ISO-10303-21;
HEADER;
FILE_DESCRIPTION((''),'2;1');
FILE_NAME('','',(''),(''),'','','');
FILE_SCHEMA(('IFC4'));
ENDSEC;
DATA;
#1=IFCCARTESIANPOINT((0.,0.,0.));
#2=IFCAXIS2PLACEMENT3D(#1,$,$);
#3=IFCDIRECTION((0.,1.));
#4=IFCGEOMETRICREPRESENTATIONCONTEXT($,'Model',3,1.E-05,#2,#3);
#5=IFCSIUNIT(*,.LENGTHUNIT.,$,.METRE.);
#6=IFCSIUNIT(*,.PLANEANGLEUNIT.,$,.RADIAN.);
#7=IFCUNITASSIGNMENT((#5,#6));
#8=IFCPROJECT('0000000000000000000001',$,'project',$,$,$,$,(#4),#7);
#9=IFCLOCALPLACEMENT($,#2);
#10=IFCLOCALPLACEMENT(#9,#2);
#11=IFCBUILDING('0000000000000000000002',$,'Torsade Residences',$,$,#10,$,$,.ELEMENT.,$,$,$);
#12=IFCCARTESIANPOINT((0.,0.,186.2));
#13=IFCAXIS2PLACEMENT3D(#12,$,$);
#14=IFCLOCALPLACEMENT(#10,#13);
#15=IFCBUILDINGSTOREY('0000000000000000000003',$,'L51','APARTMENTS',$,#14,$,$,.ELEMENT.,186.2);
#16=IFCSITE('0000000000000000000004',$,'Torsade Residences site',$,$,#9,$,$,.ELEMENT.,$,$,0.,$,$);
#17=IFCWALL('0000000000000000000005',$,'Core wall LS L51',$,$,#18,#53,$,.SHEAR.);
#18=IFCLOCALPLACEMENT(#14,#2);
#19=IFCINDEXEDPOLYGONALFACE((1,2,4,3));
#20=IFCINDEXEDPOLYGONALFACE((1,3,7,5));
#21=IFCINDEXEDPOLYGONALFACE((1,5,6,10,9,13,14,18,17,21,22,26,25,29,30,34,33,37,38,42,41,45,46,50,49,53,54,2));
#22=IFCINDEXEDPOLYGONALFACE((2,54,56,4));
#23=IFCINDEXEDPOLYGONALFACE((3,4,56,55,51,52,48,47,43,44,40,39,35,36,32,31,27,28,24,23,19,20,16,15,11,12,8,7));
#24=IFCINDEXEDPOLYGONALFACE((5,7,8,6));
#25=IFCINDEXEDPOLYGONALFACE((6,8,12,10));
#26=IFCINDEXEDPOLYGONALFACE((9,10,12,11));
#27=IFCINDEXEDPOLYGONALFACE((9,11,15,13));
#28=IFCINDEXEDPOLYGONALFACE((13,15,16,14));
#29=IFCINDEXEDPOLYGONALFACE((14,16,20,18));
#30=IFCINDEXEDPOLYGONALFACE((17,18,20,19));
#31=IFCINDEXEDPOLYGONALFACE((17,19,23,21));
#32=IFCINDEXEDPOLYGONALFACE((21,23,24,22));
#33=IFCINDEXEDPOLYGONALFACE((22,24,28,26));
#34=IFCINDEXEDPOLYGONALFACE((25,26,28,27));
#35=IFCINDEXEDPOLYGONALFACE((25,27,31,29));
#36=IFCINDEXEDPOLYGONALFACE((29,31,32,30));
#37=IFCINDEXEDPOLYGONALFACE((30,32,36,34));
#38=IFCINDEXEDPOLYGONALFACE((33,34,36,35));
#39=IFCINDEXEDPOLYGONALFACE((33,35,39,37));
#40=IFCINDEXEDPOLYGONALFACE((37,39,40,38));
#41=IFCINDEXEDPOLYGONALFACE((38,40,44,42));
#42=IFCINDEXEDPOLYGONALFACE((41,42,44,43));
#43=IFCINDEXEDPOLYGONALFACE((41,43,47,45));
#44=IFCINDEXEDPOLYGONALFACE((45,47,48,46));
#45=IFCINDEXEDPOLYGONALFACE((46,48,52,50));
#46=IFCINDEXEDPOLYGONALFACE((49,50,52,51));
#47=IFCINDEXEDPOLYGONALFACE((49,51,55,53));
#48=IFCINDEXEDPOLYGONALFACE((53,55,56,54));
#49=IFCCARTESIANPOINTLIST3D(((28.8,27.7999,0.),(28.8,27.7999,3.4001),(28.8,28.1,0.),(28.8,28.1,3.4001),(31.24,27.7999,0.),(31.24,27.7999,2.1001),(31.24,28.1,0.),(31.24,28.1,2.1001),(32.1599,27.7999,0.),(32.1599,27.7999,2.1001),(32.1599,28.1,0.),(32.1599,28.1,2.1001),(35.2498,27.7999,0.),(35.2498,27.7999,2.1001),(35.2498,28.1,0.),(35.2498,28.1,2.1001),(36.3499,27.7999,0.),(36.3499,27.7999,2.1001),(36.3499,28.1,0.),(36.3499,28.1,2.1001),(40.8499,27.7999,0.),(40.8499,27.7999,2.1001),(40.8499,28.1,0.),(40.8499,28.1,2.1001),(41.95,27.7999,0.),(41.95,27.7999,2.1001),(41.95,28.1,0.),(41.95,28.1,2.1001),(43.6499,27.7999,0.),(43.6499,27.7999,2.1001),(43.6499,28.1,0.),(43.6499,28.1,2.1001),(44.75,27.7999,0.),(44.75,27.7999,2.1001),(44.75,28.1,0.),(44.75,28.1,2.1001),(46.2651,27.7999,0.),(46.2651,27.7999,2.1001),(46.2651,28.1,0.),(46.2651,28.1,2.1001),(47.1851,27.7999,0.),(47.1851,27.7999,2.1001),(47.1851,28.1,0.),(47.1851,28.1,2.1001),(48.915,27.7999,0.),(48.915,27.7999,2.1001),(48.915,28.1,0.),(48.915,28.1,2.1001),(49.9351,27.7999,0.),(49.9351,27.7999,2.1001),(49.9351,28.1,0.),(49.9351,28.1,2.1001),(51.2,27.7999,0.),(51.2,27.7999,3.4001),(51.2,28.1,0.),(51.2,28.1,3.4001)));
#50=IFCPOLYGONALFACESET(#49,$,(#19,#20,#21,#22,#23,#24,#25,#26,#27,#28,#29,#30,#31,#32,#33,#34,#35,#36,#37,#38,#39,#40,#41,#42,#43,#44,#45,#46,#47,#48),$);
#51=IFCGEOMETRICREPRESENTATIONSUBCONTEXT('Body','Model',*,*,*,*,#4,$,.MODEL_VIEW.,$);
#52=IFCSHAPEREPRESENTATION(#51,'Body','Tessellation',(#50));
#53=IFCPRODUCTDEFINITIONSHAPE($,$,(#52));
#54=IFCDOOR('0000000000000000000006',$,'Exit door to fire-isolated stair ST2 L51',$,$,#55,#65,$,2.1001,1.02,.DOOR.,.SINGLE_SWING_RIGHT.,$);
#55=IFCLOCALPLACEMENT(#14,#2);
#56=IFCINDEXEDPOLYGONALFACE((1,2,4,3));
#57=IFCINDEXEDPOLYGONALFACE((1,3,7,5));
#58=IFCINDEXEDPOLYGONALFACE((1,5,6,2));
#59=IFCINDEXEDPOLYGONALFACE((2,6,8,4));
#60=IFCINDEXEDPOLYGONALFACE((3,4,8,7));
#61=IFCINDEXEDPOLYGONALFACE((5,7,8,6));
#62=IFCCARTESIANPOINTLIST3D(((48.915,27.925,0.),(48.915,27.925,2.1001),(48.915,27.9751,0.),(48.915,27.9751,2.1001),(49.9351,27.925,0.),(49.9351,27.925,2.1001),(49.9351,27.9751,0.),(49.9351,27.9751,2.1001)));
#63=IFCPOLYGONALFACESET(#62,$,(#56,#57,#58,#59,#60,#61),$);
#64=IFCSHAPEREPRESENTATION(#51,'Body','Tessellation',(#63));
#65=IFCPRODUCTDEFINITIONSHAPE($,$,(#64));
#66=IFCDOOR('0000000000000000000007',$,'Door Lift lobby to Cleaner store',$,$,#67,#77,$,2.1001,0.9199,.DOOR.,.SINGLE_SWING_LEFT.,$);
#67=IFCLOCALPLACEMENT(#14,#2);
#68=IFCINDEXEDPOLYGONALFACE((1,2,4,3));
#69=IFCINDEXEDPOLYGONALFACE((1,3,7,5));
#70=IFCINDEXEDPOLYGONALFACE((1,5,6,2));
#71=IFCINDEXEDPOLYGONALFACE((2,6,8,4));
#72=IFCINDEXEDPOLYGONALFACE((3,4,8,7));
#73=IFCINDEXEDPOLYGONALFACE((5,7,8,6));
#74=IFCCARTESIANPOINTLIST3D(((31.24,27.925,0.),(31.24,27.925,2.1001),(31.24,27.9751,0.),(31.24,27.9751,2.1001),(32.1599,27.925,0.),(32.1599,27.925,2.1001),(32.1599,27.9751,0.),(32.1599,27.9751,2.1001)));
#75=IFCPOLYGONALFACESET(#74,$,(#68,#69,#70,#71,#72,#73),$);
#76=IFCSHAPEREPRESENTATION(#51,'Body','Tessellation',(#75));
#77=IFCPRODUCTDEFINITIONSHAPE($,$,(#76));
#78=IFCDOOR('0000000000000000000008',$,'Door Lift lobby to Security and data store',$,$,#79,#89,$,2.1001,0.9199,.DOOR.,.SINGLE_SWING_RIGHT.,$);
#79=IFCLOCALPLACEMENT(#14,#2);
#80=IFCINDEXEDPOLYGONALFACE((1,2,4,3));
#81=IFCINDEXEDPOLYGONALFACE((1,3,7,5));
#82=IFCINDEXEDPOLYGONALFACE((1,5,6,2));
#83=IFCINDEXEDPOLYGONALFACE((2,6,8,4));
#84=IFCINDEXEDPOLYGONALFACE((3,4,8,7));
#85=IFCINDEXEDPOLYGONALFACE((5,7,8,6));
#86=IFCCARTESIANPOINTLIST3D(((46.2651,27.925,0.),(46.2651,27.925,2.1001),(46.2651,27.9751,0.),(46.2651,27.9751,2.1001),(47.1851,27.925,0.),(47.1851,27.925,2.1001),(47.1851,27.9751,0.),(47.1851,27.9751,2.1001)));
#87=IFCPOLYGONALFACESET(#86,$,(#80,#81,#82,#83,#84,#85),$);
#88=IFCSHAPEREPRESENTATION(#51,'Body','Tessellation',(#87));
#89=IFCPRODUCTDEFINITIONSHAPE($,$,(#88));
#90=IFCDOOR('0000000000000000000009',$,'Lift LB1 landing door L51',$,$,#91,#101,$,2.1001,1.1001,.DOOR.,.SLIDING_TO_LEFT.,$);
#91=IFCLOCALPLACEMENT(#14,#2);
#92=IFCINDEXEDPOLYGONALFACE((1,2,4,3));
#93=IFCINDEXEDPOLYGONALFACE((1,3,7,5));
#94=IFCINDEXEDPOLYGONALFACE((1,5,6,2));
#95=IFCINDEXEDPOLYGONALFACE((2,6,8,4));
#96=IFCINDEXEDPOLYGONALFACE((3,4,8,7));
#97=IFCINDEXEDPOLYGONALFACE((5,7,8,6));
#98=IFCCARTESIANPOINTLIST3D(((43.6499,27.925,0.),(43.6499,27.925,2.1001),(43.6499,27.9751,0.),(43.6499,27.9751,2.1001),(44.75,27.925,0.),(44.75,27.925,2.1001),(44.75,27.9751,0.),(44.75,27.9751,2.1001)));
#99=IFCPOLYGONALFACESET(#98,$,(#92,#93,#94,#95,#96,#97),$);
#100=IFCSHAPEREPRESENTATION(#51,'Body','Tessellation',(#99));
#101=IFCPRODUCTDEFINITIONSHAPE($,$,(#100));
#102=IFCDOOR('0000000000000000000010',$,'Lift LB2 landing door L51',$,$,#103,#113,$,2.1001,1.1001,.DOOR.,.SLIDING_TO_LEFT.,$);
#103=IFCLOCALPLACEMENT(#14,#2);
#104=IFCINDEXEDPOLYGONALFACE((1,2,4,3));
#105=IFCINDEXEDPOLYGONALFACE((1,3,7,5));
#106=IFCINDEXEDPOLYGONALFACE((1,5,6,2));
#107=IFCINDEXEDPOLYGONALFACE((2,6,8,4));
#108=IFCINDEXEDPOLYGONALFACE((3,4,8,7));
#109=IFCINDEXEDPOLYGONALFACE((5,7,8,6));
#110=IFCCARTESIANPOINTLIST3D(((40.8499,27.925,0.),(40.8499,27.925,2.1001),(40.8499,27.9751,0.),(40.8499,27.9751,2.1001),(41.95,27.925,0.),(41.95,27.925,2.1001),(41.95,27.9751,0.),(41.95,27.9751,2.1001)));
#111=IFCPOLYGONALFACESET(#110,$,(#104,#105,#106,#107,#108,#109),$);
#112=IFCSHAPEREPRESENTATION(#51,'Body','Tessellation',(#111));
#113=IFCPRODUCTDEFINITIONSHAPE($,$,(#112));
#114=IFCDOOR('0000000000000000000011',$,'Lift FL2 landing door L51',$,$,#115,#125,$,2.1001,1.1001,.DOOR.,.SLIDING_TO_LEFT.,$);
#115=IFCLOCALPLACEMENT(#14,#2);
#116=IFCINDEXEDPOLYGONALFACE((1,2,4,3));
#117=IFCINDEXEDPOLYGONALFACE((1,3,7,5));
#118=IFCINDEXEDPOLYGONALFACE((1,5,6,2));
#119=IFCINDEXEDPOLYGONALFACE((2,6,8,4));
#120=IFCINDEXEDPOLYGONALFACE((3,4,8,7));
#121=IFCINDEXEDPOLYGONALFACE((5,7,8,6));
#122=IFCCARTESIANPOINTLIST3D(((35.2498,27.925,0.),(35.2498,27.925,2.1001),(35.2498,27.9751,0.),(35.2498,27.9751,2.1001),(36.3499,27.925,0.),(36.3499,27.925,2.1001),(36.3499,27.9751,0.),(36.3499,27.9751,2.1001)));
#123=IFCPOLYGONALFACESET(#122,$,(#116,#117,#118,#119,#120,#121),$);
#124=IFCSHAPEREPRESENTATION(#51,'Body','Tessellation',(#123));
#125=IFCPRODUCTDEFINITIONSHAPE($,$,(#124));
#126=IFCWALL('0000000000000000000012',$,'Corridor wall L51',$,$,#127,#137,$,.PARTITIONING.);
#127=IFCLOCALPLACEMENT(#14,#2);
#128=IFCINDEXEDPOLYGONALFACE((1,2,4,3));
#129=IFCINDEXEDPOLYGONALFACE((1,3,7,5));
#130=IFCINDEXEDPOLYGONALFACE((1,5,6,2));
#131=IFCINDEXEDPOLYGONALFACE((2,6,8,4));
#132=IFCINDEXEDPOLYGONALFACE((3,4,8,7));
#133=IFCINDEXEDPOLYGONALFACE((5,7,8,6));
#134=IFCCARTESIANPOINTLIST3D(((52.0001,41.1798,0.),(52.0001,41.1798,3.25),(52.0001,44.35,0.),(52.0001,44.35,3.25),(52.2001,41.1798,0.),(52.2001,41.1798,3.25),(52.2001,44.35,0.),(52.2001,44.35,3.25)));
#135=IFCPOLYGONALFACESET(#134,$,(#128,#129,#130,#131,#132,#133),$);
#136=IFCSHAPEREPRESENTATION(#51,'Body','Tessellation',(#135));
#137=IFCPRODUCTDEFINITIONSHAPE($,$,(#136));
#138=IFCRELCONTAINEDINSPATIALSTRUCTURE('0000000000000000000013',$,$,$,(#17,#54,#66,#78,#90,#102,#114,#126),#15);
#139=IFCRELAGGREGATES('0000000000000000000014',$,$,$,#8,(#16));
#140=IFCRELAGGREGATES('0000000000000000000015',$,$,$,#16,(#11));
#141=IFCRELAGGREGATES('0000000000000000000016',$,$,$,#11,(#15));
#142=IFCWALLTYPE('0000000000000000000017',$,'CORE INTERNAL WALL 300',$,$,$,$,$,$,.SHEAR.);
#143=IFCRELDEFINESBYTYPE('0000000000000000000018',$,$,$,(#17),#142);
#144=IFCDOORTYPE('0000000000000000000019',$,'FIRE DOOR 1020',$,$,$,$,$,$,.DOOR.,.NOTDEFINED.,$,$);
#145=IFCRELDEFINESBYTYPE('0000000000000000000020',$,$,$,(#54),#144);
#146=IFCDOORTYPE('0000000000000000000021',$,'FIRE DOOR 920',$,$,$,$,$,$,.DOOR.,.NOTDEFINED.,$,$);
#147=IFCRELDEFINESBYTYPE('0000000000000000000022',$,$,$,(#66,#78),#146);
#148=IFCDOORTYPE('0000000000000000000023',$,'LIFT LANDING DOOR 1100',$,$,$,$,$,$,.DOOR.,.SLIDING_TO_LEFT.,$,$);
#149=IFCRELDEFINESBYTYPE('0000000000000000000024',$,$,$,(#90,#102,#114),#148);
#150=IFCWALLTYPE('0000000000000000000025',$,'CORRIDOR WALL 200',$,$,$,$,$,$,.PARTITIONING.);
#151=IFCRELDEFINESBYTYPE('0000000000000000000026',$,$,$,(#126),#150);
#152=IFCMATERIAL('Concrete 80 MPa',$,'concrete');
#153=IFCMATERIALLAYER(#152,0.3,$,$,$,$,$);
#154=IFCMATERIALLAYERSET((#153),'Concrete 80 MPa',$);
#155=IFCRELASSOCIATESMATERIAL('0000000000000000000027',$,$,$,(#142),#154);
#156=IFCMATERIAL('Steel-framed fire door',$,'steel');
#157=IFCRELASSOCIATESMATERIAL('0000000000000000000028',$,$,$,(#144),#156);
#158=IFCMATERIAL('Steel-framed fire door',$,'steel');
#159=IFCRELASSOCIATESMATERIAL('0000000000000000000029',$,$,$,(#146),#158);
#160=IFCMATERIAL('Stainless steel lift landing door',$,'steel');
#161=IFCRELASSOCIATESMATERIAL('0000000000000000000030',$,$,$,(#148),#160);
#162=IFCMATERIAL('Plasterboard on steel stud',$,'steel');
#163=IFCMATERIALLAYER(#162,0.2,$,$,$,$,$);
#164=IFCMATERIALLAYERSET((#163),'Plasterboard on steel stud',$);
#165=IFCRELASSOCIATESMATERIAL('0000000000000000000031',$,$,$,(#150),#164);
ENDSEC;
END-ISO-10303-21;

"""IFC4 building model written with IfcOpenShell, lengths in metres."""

from ifc_helpers import new_model, si_unit, direction, frame, frame_2d, origin, place, context, subcontext, project, spatial, rectangle, extrude, material, layer, layer_set, type_object, element, fill, save


model = new_model("IFC4")

# Units and contexts
model_context = context("Model", 3, precision=1e-05, world=origin(), true_north=direction((0.0, 1.0)))
body_context = subcontext(model_context, "Body", "Model", "MODEL_VIEW")
ifc_project = project(units=[si_unit("LENGTHUNIT", "METRE"), si_unit("PLANEANGLEUNIT", "RADIAN")], contexts=[model_context])

# Site, building, storey
site_placement = place(None, origin())
site = spatial("IfcSite", under=ifc_project, at=site_placement, Name="Torsade Residences site", CompositionType="ELEMENT", RefElevation=0.0)
building_placement = place(site_placement, origin())
building = spatial("IfcBuilding", under=site, at=building_placement, Name="Torsade Residences", CompositionType="ELEMENT")
storey_placement = place(building_placement, frame((0.0, 0.0, 186.2)))
storey = spatial("IfcBuildingStorey", under=building, at=storey_placement, Name="L51", Description="APARTMENTS", CompositionType="ELEMENT", Elevation=186.2)

# Wall, openings, doors
ifc_material_1 = material(Name="Concrete 80 MPa", Category="concrete")
ifc_layer_1 = layer(ifc_material_1, 0.3)
ifc_layer_set_1 = layer_set([ifc_layer_1], Name="Concrete 80 MPa")
wall_type_1 = type_object("IfcWallType", Name="CORE INTERNAL WALL 300", PredefinedType="SHEAR", material=ifc_layer_set_1)
wall_1_placement = place(storey_placement, frame((51.2, 27.95, 0.0), z_axis=(0.0, 0.0, 1.0), x_axis=(-1.0, 0.0, 0.0)))
wall_1 = element("IfcWall", 1, at=wall_1_placement, inside=storey, type_object=wall_type_1, Name="Core wall LS L51", PredefinedType="SHEAR", context=body_context, shape_type="SweptSolid", body=[
    extrude(rectangle(XDim=22.3999, YDim=0.3, at=frame_2d((11.2, 0.0))), origin(), (0.0, 0.0, 1.0), 3.4001),
])
opening_1_placement = place(wall_1_placement, frame((19.04, 0.0, 0.0)))
opening_1 = element("IfcOpeningElement", 2, at=opening_1_placement, cuts=wall_1, PredefinedType="OPENING", context=body_context, shape_type="SweptSolid", body=[
    extrude(rectangle(XDim=0.9199, YDim=2.1001, at=frame_2d((0.46, 1.05))), frame((0.0, 0.1599, 0.0), z_axis=(0.0, -1.0, 0.0), x_axis=(1.0, 0.0, 0.0)), (0.0, 0.0, 1.0), 0.3201),
])
opening_2_placement = place(wall_1_placement, frame((1.2649, 0.0, 0.0)))
opening_2 = element("IfcOpeningElement", 3, at=opening_2_placement, cuts=wall_1, PredefinedType="OPENING", context=body_context, shape_type="SweptSolid", body=[
    extrude(rectangle(XDim=1.02, YDim=2.1001, at=frame_2d((0.51, 1.05))), frame((0.0, 0.1599, 0.0), z_axis=(0.0, -1.0, 0.0), x_axis=(1.0, 0.0, 0.0)), (0.0, 0.0, 1.0), 0.3201),
])
opening_3_placement = place(wall_1_placement, frame((4.0149, 0.0, 0.0)))
opening_3 = element("IfcOpeningElement", 4, at=opening_3_placement, cuts=wall_1, PredefinedType="OPENING", context=body_context, shape_type="SweptSolid", body=[
    extrude(rectangle(XDim=0.9199, YDim=2.1001, at=frame_2d((0.46, 1.05))), frame((0.0, 0.1599, 0.0), z_axis=(0.0, -1.0, 0.0), x_axis=(1.0, 0.0, 0.0)), (0.0, 0.0, 1.0), 0.3201),
])
opening_4_placement = place(wall_1_placement, frame((6.45, 0.0, 0.0)))
opening_4 = element("IfcOpeningElement", 5, at=opening_4_placement, cuts=wall_1, PredefinedType="OPENING", context=body_context, shape_type="SweptSolid", body=[
    extrude(rectangle(XDim=1.1001, YDim=2.1001, at=frame_2d((0.55, 1.05))), frame((0.0, 0.1599, 0.0), z_axis=(0.0, -1.0, 0.0), x_axis=(1.0, 0.0, 0.0)), (0.0, 0.0, 1.0), 0.3201),
])
opening_5_placement = place(wall_1_placement, frame((9.25, 0.0, 0.0)))
opening_5 = element("IfcOpeningElement", 6, at=opening_5_placement, cuts=wall_1, PredefinedType="OPENING", context=body_context, shape_type="SweptSolid", body=[
    extrude(rectangle(XDim=1.1001, YDim=2.1001, at=frame_2d((0.55, 1.05))), frame((0.0, 0.1599, 0.0), z_axis=(0.0, -1.0, 0.0), x_axis=(1.0, 0.0, 0.0)), (0.0, 0.0, 1.0), 0.3201),
])
opening_6_placement = place(wall_1_placement, frame((14.8501, 0.0, 0.0)))
opening_6 = element("IfcOpeningElement", 7, at=opening_6_placement, cuts=wall_1, PredefinedType="OPENING", context=body_context, shape_type="SweptSolid", body=[
    extrude(rectangle(XDim=1.1001, YDim=2.1001, at=frame_2d((0.55, 1.05))), frame((0.0, 0.1599, 0.0), z_axis=(0.0, -1.0, 0.0), x_axis=(1.0, 0.0, 0.0)), (0.0, 0.0, 1.0), 0.3201),
])
ifc_material_2 = material(Name="Steel-framed fire door", Category="steel")
door_type_1 = type_object("IfcDoorType", Name="FIRE DOOR 1020", OperationType="NOTDEFINED", PredefinedType="DOOR", material=ifc_material_2)
door_1_placement = place(opening_2_placement, origin())
door_1 = element("IfcDoor", 8, at=door_1_placement, inside=storey, type_object=door_type_1, Name="Exit door to fire-isolated stair ST2 L51", OperationType="SINGLE_SWING_RIGHT", OverallHeight=2.1001, OverallWidth=1.02, PredefinedType="DOOR", context=body_context, shape_type="SweptSolid", body=[
    extrude(rectangle(XDim=1.02, YDim=2.1001, at=frame_2d((0.51, 1.05))), frame((0.0, 0.0249, 0.0), z_axis=(0.0, -1.0, 0.0), x_axis=(1.0, 0.0, 0.0)), (0.0, 0.0, 1.0), 0.05),
])
fill(opening_2, door_1)
ifc_material_3 = material(Name="Steel-framed fire door", Category="steel")
door_type_2 = type_object("IfcDoorType", Name="FIRE DOOR 920", OperationType="NOTDEFINED", PredefinedType="DOOR", material=ifc_material_3)
door_2_placement = place(opening_1_placement, origin())
door_2 = element("IfcDoor", 9, at=door_2_placement, inside=storey, type_object=door_type_2, Name="Door Lift lobby to Cleaner store", OperationType="SINGLE_SWING_LEFT", OverallHeight=2.1001, OverallWidth=0.9199, PredefinedType="DOOR", context=body_context, shape_type="SweptSolid", body=[
    extrude(rectangle(XDim=0.9199, YDim=2.1001, at=frame_2d((0.46, 1.05))), frame((0.0, 0.0249, 0.0), z_axis=(0.0, -1.0, 0.0), x_axis=(1.0, 0.0, 0.0)), (0.0, 0.0, 1.0), 0.05),
])
fill(opening_1, door_2)
door_3_placement = place(opening_3_placement, origin())
door_3 = element("IfcDoor", 10, at=door_3_placement, inside=storey, type_object=door_type_2, Name="Door Lift lobby to Security and data store", OperationType="SINGLE_SWING_RIGHT", OverallHeight=2.1001, OverallWidth=0.9199, PredefinedType="DOOR", context=body_context, shape_type="SweptSolid", body=[
    extrude(rectangle(XDim=0.9199, YDim=2.1001, at=frame_2d((0.46, 1.05))), frame((0.0, 0.0249, 0.0), z_axis=(0.0, -1.0, 0.0), x_axis=(1.0, 0.0, 0.0)), (0.0, 0.0, 1.0), 0.05),
])
fill(opening_3, door_3)
ifc_material_4 = material(Name="Stainless steel lift landing door", Category="steel")
door_type_3 = type_object("IfcDoorType", Name="LIFT LANDING DOOR 1100", OperationType="SLIDING_TO_LEFT", PredefinedType="DOOR", material=ifc_material_4)
door_4_placement = place(opening_4_placement, origin())
door_4 = element("IfcDoor", 11, at=door_4_placement, inside=storey, type_object=door_type_3, Name="Lift LB1 landing door L51", OperationType="SLIDING_TO_LEFT", OverallHeight=2.1001, OverallWidth=1.1001, PredefinedType="DOOR", context=body_context, shape_type="SweptSolid", body=[
    extrude(rectangle(XDim=1.1001, YDim=2.1001, at=frame_2d((0.55, 1.05))), frame((0.0, 0.0249, 0.0), z_axis=(0.0, -1.0, 0.0), x_axis=(1.0, 0.0, 0.0)), (0.0, 0.0, 1.0), 0.05),
])
fill(opening_4, door_4)
door_5_placement = place(opening_5_placement, origin())
door_5 = element("IfcDoor", 12, at=door_5_placement, inside=storey, type_object=door_type_3, Name="Lift LB2 landing door L51", OperationType="SLIDING_TO_LEFT", OverallHeight=2.1001, OverallWidth=1.1001, PredefinedType="DOOR", context=body_context, shape_type="SweptSolid", body=[
    extrude(rectangle(XDim=1.1001, YDim=2.1001, at=frame_2d((0.55, 1.05))), frame((0.0, 0.0249, 0.0), z_axis=(0.0, -1.0, 0.0), x_axis=(1.0, 0.0, 0.0)), (0.0, 0.0, 1.0), 0.05),
])
fill(opening_5, door_5)
door_6_placement = place(opening_6_placement, origin())
door_6 = element("IfcDoor", 13, at=door_6_placement, inside=storey, type_object=door_type_3, Name="Lift FL2 landing door L51", OperationType="SLIDING_TO_LEFT", OverallHeight=2.1001, OverallWidth=1.1001, PredefinedType="DOOR", context=body_context, shape_type="SweptSolid", body=[
    extrude(rectangle(XDim=1.1001, YDim=2.1001, at=frame_2d((0.55, 1.05))), frame((0.0, 0.0249, 0.0), z_axis=(0.0, -1.0, 0.0), x_axis=(1.0, 0.0, 0.0)), (0.0, 0.0, 1.0), 0.05),
])
fill(opening_6, door_6)

# Wall
ifc_material_5 = material(Name="Plasterboard on steel stud", Category="steel")
ifc_layer_2 = layer(ifc_material_5, 0.2)
ifc_layer_set_2 = layer_set([ifc_layer_2], Name="Plasterboard on steel stud")
wall_type_2 = type_object("IfcWallType", Name="CORRIDOR WALL 200", PredefinedType="PARTITIONING", material=ifc_layer_set_2)
wall_2_placement = place(storey_placement, frame((52.1001, 41.1799, 0.0), z_axis=(0.0, 0.0, 1.0), x_axis=(0.0, 1.0, 0.0)))
element("IfcWall", 14, at=wall_2_placement, inside=storey, type_object=wall_type_2, Name="Corridor wall L51", PredefinedType="PARTITIONING", context=body_context, shape_type="SweptSolid", body=[
    extrude(rectangle(XDim=3.1702, YDim=0.2, at=frame_2d((1.585, 0.0))), origin(), (0.0, 0.0, 1.0), 3.25),
])

save(model, "model.ifc")
